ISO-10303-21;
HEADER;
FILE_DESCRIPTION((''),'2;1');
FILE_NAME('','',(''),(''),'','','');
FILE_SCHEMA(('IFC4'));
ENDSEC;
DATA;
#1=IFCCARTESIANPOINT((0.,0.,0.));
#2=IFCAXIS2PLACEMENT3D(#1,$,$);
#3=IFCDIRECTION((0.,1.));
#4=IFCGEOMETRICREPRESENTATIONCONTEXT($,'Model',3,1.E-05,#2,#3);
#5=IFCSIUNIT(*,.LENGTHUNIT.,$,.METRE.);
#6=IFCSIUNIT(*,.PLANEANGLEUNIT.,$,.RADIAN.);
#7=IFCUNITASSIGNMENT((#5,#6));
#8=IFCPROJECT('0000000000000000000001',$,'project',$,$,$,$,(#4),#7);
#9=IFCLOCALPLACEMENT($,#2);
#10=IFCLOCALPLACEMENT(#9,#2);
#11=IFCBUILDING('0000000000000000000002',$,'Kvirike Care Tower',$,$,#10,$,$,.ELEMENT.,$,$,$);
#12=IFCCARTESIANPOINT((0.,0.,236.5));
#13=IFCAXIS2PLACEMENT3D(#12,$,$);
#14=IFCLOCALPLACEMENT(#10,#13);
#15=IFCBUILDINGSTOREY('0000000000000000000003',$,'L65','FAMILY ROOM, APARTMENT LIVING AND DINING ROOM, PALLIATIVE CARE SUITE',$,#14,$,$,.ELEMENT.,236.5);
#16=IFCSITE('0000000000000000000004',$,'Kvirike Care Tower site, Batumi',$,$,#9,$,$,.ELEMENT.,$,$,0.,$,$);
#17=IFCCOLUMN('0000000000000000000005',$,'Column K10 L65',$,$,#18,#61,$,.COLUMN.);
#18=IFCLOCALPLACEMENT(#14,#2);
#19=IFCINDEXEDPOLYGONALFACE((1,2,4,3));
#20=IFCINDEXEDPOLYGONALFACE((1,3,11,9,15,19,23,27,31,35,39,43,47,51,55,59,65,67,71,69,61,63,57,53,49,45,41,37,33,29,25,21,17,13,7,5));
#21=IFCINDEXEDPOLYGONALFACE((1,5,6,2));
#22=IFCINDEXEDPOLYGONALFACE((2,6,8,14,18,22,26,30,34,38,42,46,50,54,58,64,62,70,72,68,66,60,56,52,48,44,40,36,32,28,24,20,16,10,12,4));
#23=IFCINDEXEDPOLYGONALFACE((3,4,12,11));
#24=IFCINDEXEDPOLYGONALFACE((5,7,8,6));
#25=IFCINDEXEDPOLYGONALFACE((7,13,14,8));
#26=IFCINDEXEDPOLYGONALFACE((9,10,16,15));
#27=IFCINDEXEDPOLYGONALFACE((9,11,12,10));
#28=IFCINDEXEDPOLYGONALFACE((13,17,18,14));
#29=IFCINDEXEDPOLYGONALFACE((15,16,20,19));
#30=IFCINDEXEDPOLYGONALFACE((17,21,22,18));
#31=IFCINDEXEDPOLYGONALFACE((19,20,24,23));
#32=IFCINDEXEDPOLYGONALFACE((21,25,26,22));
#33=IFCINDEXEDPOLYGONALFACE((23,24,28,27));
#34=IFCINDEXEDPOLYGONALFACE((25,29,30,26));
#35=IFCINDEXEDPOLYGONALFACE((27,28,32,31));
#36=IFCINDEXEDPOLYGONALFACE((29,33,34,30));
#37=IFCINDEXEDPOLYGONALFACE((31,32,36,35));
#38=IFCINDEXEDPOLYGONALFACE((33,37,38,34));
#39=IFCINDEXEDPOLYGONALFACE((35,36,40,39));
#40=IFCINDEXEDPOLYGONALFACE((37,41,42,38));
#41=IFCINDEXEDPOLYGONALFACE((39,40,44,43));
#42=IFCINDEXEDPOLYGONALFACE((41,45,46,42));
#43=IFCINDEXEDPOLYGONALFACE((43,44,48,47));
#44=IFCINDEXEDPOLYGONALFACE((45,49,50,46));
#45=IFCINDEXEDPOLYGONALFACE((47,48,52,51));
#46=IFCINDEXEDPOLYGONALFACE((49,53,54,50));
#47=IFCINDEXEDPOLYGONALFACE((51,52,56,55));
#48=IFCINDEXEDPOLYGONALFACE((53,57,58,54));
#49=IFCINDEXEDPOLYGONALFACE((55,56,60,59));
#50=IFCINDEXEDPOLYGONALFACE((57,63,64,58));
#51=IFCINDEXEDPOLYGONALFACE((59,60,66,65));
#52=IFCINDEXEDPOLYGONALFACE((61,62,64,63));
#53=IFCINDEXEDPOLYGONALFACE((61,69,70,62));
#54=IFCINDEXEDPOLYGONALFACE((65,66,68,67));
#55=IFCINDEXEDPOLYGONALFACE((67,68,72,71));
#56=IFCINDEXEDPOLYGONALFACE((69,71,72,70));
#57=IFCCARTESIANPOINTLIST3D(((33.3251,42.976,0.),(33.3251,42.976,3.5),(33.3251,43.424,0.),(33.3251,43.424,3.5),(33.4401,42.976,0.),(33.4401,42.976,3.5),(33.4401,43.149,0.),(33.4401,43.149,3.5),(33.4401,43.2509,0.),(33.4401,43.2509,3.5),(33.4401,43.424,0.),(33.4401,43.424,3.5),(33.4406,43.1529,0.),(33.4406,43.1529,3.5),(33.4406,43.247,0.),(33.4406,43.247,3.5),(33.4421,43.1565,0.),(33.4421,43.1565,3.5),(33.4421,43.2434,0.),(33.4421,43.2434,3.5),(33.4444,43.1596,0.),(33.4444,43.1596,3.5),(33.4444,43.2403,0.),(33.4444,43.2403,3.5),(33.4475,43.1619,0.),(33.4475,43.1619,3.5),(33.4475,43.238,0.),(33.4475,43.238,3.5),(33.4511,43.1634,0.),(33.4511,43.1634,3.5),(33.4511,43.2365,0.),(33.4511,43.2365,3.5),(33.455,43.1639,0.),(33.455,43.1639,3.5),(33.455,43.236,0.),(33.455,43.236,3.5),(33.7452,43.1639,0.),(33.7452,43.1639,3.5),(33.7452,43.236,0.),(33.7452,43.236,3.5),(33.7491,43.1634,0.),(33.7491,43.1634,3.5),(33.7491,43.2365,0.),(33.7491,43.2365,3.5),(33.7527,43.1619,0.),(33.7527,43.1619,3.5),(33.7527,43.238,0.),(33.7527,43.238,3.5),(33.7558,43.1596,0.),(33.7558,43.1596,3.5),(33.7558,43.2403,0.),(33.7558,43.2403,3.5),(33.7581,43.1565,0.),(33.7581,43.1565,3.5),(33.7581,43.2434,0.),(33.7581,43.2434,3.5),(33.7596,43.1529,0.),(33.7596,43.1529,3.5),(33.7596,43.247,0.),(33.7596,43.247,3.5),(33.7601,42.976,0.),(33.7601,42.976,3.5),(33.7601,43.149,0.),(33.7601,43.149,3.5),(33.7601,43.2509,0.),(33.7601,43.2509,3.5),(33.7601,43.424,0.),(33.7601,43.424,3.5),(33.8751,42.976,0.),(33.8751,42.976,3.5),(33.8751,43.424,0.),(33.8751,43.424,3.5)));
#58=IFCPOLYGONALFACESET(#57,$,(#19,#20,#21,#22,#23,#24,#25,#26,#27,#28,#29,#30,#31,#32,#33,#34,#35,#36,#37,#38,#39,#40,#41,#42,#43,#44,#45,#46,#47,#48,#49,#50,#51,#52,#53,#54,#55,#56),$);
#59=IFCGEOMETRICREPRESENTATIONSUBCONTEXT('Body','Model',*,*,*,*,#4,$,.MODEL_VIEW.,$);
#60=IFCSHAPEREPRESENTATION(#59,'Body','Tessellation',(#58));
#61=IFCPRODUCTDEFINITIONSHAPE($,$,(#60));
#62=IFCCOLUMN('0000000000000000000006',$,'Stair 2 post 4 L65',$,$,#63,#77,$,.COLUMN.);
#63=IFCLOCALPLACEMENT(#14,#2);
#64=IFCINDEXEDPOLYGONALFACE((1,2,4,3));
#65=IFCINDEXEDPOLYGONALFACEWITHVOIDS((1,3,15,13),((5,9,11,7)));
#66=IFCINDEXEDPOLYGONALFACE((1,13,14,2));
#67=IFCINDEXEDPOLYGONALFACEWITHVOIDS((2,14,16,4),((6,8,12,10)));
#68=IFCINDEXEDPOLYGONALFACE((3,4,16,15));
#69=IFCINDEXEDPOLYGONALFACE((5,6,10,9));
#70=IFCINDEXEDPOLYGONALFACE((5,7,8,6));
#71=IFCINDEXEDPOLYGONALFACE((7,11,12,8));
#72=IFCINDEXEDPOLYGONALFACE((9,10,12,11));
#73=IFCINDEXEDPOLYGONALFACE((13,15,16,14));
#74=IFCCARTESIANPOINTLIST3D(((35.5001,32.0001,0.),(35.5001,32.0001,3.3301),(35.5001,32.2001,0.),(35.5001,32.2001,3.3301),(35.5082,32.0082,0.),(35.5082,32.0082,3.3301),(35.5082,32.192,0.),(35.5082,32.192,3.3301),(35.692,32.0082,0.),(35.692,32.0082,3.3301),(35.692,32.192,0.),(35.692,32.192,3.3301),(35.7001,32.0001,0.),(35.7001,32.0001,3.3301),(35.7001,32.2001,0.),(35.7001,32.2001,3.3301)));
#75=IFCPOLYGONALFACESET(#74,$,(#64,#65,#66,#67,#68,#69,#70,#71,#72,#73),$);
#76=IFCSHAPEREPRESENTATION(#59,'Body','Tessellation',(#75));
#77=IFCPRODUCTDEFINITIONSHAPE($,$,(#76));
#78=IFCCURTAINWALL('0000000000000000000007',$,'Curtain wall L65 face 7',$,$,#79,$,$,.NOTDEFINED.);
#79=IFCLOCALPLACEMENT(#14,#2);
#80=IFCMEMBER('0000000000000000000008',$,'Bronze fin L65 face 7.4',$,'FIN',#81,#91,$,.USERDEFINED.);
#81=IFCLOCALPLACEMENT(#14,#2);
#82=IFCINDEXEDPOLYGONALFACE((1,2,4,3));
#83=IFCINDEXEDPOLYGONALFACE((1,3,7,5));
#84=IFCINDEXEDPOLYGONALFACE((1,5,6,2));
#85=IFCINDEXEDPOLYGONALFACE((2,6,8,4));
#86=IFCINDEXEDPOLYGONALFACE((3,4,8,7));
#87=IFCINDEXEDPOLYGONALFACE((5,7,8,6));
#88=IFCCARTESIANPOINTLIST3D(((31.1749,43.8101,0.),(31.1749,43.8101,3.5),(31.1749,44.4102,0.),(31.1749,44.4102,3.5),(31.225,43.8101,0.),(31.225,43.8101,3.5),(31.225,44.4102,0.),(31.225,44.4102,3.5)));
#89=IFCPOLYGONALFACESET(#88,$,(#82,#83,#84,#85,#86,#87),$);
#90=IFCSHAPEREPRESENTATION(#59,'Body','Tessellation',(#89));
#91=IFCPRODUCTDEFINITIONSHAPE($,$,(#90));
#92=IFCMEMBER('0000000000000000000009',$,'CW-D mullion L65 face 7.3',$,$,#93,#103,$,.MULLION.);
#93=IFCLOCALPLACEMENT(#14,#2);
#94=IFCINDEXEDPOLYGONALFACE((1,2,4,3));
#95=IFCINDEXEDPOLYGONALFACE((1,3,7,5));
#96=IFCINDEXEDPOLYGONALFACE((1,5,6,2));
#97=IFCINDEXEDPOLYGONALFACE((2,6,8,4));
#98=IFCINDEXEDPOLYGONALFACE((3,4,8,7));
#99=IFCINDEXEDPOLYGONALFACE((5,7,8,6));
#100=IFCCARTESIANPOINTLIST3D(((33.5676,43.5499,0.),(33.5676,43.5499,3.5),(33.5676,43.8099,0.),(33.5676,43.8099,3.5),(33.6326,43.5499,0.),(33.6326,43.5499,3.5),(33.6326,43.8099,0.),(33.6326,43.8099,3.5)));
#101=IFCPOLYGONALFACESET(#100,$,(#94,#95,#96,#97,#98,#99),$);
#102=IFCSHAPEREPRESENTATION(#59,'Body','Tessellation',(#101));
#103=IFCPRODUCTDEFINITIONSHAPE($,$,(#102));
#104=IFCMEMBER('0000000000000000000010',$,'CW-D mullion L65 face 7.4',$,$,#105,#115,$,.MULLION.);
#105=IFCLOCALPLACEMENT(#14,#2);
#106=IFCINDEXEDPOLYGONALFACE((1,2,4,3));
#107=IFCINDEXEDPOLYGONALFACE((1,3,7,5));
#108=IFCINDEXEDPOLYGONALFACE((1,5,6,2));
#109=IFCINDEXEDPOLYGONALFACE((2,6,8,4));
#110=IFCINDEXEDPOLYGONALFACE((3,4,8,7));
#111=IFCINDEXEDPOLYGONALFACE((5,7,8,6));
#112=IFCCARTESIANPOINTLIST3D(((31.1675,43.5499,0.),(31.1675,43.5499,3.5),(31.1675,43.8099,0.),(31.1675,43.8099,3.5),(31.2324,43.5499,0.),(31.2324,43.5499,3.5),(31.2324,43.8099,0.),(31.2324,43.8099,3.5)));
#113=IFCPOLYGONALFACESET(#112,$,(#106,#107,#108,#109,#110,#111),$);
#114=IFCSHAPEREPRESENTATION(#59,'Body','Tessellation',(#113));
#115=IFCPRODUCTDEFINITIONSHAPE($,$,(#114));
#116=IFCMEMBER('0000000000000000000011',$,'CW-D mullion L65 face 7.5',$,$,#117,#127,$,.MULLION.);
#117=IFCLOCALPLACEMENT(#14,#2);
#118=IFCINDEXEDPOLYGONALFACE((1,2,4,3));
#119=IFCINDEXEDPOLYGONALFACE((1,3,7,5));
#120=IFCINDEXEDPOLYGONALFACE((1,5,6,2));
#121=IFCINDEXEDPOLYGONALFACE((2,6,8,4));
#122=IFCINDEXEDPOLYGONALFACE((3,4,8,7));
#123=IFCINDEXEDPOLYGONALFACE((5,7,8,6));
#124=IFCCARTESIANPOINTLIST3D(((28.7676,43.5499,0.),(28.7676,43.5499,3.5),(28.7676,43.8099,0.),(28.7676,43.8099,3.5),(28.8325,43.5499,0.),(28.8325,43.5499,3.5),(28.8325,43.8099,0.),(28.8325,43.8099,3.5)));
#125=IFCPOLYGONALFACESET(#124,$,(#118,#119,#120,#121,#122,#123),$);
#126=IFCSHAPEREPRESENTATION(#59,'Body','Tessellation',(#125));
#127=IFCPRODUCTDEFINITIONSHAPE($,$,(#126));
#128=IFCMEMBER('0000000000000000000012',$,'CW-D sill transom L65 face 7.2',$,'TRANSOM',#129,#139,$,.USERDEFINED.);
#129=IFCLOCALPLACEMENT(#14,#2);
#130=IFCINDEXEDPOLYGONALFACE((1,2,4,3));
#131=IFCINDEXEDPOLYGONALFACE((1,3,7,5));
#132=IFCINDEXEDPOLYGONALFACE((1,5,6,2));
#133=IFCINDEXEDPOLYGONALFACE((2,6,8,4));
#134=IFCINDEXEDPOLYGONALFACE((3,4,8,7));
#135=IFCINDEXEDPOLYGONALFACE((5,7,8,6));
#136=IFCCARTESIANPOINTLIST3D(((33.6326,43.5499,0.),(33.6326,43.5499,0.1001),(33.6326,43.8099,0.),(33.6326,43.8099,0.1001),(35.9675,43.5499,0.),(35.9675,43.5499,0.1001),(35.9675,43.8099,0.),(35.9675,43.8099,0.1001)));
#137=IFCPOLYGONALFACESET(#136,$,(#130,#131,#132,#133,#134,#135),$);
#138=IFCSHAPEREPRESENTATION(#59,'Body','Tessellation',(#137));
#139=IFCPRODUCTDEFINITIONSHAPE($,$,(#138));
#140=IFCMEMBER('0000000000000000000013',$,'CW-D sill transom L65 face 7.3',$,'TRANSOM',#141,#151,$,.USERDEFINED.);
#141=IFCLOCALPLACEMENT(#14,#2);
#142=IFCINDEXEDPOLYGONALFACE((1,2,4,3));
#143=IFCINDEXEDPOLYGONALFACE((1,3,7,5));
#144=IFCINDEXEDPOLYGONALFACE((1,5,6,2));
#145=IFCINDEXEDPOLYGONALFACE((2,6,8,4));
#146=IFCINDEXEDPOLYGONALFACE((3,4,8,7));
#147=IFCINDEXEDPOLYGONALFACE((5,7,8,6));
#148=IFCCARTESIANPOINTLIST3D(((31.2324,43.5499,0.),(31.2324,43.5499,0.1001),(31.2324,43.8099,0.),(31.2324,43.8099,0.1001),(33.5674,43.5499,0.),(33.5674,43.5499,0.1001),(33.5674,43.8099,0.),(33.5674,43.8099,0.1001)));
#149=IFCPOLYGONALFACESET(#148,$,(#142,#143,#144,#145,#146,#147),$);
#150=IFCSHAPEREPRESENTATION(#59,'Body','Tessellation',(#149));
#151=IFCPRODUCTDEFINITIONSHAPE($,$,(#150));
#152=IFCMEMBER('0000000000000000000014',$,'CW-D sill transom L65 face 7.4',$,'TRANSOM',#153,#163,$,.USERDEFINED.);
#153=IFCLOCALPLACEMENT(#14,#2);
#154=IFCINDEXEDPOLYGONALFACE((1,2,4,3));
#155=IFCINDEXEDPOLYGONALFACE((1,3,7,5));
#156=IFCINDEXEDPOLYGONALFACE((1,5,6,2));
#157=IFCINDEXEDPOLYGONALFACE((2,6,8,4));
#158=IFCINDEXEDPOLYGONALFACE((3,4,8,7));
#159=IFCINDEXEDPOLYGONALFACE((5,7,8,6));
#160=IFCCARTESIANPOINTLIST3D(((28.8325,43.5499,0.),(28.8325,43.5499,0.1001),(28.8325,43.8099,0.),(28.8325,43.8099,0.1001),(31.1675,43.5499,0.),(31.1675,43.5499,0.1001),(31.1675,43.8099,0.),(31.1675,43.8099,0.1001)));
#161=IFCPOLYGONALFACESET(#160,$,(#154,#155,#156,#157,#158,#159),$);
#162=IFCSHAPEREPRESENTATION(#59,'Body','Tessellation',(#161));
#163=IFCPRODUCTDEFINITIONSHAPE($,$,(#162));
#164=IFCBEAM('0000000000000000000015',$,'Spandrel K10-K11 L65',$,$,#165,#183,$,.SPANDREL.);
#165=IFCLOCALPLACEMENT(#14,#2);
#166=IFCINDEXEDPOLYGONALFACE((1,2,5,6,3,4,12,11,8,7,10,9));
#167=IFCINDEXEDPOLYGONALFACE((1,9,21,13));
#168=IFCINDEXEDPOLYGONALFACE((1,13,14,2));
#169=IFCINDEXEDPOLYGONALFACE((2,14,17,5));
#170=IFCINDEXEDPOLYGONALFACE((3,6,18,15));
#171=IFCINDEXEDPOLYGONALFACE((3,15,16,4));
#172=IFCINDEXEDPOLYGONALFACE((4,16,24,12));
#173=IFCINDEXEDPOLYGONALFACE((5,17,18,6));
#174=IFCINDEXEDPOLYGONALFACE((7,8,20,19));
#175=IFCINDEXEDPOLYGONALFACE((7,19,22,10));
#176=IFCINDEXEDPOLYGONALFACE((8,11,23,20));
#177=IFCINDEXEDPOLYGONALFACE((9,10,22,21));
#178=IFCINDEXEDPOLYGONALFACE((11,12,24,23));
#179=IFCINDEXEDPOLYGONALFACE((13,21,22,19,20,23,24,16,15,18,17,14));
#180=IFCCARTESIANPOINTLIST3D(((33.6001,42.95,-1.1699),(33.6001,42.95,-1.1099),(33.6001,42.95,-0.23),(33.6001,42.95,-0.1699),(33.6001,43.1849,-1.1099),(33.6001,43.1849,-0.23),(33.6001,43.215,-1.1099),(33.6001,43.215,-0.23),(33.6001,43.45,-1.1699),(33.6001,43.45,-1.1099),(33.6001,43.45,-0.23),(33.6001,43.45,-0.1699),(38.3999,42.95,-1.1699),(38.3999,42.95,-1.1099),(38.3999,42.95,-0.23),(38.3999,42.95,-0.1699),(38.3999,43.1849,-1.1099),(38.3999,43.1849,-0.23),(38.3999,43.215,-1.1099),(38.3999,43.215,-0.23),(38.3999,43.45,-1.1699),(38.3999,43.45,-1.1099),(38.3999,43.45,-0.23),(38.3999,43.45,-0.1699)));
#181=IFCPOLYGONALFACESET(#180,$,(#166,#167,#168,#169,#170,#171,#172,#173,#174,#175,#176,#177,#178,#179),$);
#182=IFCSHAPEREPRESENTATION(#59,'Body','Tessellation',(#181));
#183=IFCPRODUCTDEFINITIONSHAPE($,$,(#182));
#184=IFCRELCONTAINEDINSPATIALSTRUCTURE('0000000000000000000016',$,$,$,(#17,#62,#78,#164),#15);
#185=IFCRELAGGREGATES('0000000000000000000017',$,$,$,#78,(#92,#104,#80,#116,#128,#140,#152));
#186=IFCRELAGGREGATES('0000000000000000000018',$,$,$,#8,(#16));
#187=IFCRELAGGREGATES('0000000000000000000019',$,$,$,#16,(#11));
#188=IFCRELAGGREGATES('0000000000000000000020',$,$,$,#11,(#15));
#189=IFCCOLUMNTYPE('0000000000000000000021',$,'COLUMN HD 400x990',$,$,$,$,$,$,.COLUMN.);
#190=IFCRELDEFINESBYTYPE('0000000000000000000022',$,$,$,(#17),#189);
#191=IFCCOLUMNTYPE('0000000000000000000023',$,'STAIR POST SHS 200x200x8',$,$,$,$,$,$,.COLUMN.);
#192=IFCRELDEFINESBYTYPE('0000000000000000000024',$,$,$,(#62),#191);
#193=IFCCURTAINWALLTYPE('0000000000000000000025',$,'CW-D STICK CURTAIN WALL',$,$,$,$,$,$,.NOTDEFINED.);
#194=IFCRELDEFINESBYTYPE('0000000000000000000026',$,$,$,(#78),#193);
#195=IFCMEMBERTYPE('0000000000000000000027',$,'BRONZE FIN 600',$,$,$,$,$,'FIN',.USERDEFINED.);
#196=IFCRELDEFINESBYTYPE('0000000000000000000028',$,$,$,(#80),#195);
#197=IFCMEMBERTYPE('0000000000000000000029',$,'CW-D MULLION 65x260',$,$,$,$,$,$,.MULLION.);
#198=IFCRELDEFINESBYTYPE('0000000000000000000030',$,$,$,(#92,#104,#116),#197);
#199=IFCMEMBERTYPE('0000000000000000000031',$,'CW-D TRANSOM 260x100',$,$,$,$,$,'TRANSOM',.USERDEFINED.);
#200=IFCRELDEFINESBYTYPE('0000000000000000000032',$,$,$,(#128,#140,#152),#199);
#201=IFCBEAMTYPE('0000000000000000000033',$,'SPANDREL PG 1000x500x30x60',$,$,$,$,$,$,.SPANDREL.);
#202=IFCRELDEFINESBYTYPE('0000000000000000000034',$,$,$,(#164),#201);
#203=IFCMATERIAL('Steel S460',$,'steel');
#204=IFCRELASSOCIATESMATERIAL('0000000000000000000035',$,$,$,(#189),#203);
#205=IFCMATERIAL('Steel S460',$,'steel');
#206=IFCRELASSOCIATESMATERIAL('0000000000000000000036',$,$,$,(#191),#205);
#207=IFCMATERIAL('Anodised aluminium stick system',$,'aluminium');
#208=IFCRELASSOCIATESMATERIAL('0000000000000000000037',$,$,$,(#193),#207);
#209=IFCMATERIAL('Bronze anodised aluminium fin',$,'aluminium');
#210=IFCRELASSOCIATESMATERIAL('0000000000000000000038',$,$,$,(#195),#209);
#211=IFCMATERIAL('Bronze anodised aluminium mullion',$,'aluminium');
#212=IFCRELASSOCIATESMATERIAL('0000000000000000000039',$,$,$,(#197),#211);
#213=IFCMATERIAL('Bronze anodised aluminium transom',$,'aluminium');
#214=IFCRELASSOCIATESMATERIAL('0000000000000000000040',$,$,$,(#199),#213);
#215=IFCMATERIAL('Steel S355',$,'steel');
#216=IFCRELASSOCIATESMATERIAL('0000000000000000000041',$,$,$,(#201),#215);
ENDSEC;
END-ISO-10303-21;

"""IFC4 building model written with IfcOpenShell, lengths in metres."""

from ifc_helpers import new_model, si_unit, direction, frame, origin, origin_2d, place, context, subcontext, project, spatial, rectangle, hollow_rectangle, i_section, extrude, material, material_profile, profile_set, type_object, element, aggregate, save


model = new_model("IFC4")

# Units and contexts
model_context = context("Model", 3, precision=1e-05, world=origin(), true_north=direction((0.0, 1.0)))
body_context = subcontext(model_context, "Body", "Model", "MODEL_VIEW")
ifc_project = project(units=[si_unit("LENGTHUNIT", "METRE"), si_unit("PLANEANGLEUNIT", "RADIAN")], contexts=[model_context])

# Site, building, storey
site_placement = place(None, origin())
site = spatial("IfcSite", under=ifc_project, at=site_placement, Name="Kvirike Care Tower site, Batumi", CompositionType="ELEMENT", RefElevation=0.0)
building_placement = place(site_placement, origin())
building = spatial("IfcBuilding", under=site, at=building_placement, Name="Kvirike Care Tower", CompositionType="ELEMENT")
storey_placement = place(building_placement, frame((0.0, 0.0, 236.5)))
storey = spatial("IfcBuildingStorey", under=building, at=storey_placement, Name="L65", Description="FAMILY ROOM, APARTMENT LIVING AND DINING ROOM, PALLIATIVE CARE SUITE", CompositionType="ELEMENT", Elevation=236.5)

# Columns
ifc_material_1 = material(Name="Steel S460", Category="steel")
ifc_material_profile_1 = material_profile(ifc_material_1, i_section(OverallWidth=0.448, OverallDepth=0.55, WebThickness=0.072, FlangeThickness=0.115, FilletRadius=0.0149, at=origin_2d()), Name="HD 400x990")
ifc_profile_set_1 = profile_set([ifc_material_profile_1], Name="Steel S460")
column_type_1 = type_object("IfcColumnType", Name="COLUMN HD 400x990", PredefinedType="COLUMN", material=ifc_profile_set_1)
column_1_placement = place(storey_placement, frame((33.6001, 43.2, 0.0), z_axis=(0.0, 0.0, 1.0), x_axis=(0.0, 1.0, 0.0)))
element("IfcColumn", 1, at=column_1_placement, inside=storey, type_object=column_type_1, Name="Column K10 L65", PredefinedType="COLUMN", context=body_context, shape_type="SweptSolid", body=[
    extrude(i_section(OverallWidth=0.448, OverallDepth=0.55, WebThickness=0.072, FlangeThickness=0.115, FilletRadius=0.0149, at=origin_2d()), origin(), (0.0, 0.0, 1.0), 3.5),
])
ifc_material_2 = material(Name="Steel S460", Category="steel")
ifc_material_profile_2 = material_profile(ifc_material_2, hollow_rectangle(XDim=0.2, YDim=0.2, WallThickness=0.0081, at=origin_2d()), Name="SHS 200x200x8")
ifc_profile_set_2 = profile_set([ifc_material_profile_2], Name="Steel S460")
column_type_2 = type_object("IfcColumnType", Name="STAIR POST SHS 200x200x8", PredefinedType="COLUMN", material=ifc_profile_set_2)
column_2_placement = place(storey_placement, frame((35.6001, 32.1001, 0.0), z_axis=(0.0, 0.0, 1.0), x_axis=(1.0, 0.0, 0.0)))
element("IfcColumn", 2, at=column_2_placement, inside=storey, type_object=column_type_2, Name="Stair 2 post 4 L65", PredefinedType="COLUMN", context=body_context, shape_type="SweptSolid", body=[
    extrude(hollow_rectangle(XDim=0.2, YDim=0.2, WallThickness=0.0081, at=origin_2d()), origin(), (0.0, 0.0, 1.0), 3.3301),
])

# Curtain wall, members
ifc_material_3 = material(Name="Anodised aluminium stick system", Category="aluminium")
curtain_wall_type = type_object("IfcCurtainWallType", Name="CW-D STICK CURTAIN WALL", PredefinedType="NOTDEFINED", material=ifc_material_3)
curtain_wall_placement = place(storey_placement, origin())
curtain_wall = element("IfcCurtainWall", 3, at=curtain_wall_placement, inside=storey, type_object=curtain_wall_type, Name="Curtain wall L65 face 7", PredefinedType="NOTDEFINED")
ifc_material_4 = material(Name="Bronze anodised aluminium fin", Category="aluminium")
ifc_material_profile_3 = material_profile(ifc_material_4, rectangle(XDim=0.05, YDim=0.6001, at=origin_2d()), Name="BRONZE FIN 600")
ifc_profile_set_3 = profile_set([ifc_material_profile_3], Name="Bronze anodised aluminium fin")
member_type_1 = type_object("IfcMemberType", Name="BRONZE FIN 600", ElementType="FIN", PredefinedType="USERDEFINED", material=ifc_profile_set_3)
member_1_placement = place(storey_placement, frame((31.2, 44.1101, 0.0), z_axis=(0.0, 0.0, 1.0), x_axis=(-1.0, 0.0, 0.0)))
member_1 = element("IfcMember", 4, at=member_1_placement, type_object=member_type_1, Name="Bronze fin L65 face 7.4", ObjectType="FIN", PredefinedType="USERDEFINED", context=body_context, shape_type="SweptSolid", body=[
    extrude(rectangle(XDim=0.05, YDim=0.6001, at=origin_2d()), origin(), (0.0, 0.0, 1.0), 3.5),
])
ifc_material_5 = material(Name="Bronze anodised aluminium mullion", Category="aluminium")
ifc_material_profile_4 = material_profile(ifc_material_5, rectangle(XDim=0.0649, YDim=0.26, at=origin_2d()), Name="CW-D MULLION 65x260")
ifc_profile_set_4 = profile_set([ifc_material_profile_4], Name="Bronze anodised aluminium mullion")
member_type_2 = type_object("IfcMemberType", Name="CW-D MULLION 65x260", PredefinedType="MULLION", material=ifc_profile_set_4)
member_2_placement = place(storey_placement, frame((33.6001, 43.6799, 0.0), z_axis=(0.0, 0.0, 1.0), x_axis=(-1.0, 0.0, 0.0)))
member_2 = element("IfcMember", 5, at=member_2_placement, type_object=member_type_2, Name="CW-D mullion L65 face 7.3", PredefinedType="MULLION", context=body_context, shape_type="SweptSolid", body=[
    extrude(rectangle(XDim=0.0649, YDim=0.26, at=origin_2d()), origin(), (0.0, 0.0, 1.0), 3.5),
])
member_3_placement = place(storey_placement, frame((31.2, 43.6799, 0.0), z_axis=(0.0, 0.0, 1.0), x_axis=(-1.0, 0.0, 0.0)))
member_3 = element("IfcMember", 6, at=member_3_placement, type_object=member_type_2, Name="CW-D mullion L65 face 7.4", PredefinedType="MULLION", context=body_context, shape_type="SweptSolid", body=[
    extrude(rectangle(XDim=0.0649, YDim=0.26, at=origin_2d()), origin(), (0.0, 0.0, 1.0), 3.5),
])
member_4_placement = place(storey_placement, frame((28.8, 43.6799, 0.0), z_axis=(0.0, 0.0, 1.0), x_axis=(-1.0, 0.0, 0.0)))
member_4 = element("IfcMember", 7, at=member_4_placement, type_object=member_type_2, Name="CW-D mullion L65 face 7.5", PredefinedType="MULLION", context=body_context, shape_type="SweptSolid", body=[
    extrude(rectangle(XDim=0.0649, YDim=0.26, at=origin_2d()), origin(), (0.0, 0.0, 1.0), 3.5),
])
ifc_material_6 = material(Name="Bronze anodised aluminium transom", Category="aluminium")
ifc_material_profile_5 = material_profile(ifc_material_6, rectangle(XDim=0.26, YDim=0.1001, at=origin_2d()), Name="CW-D TRANSOM 260x100")
ifc_profile_set_5 = profile_set([ifc_material_profile_5], Name="Bronze anodised aluminium transom")
member_type_3 = type_object("IfcMemberType", Name="CW-D TRANSOM 260x100", ElementType="TRANSOM", PredefinedType="USERDEFINED", material=ifc_profile_set_5)
member_5_placement = place(storey_placement, frame((35.9675, 43.6799, 0.05), z_axis=(-1.0, 0.0, 0.0), x_axis=(0.0, -1.0, 0.0)))
member_5 = element("IfcMember", 8, at=member_5_placement, type_object=member_type_3, Name="CW-D sill transom L65 face 7.2", ObjectType="TRANSOM", PredefinedType="USERDEFINED", context=body_context, shape_type="SweptSolid", body=[
    extrude(rectangle(XDim=0.26, YDim=0.1001, at=origin_2d()), origin(), (0.0, 0.0, 1.0), 2.335),
])
member_6_placement = place(storey_placement, frame((33.5674, 43.6799, 0.05), z_axis=(-1.0, 0.0, 0.0), x_axis=(0.0, -1.0, 0.0)))
member_6 = element("IfcMember", 9, at=member_6_placement, type_object=member_type_3, Name="CW-D sill transom L65 face 7.3", ObjectType="TRANSOM", PredefinedType="USERDEFINED", context=body_context, shape_type="SweptSolid", body=[
    extrude(rectangle(XDim=0.26, YDim=0.1001, at=origin_2d()), origin(), (0.0, 0.0, 1.0), 2.335),
])
member_7_placement = place(storey_placement, frame((31.1675, 43.6799, 0.05), z_axis=(-1.0, 0.0, 0.0), x_axis=(0.0, -1.0, 0.0)))
member_7 = element("IfcMember", 10, at=member_7_placement, type_object=member_type_3, Name="CW-D sill transom L65 face 7.4", ObjectType="TRANSOM", PredefinedType="USERDEFINED", context=body_context, shape_type="SweptSolid", body=[
    extrude(rectangle(XDim=0.26, YDim=0.1001, at=origin_2d()), origin(), (0.0, 0.0, 1.0), 2.335),
])

# Beam
ifc_material_7 = material(Name="Steel S355", Category="steel")
ifc_material_profile_6 = material_profile(ifc_material_7, i_section(OverallWidth=0.5, OverallDepth=1.0, WebThickness=0.03, FlangeThickness=0.0601, at=origin_2d()), Name="PG 1000x500x30x60")
ifc_profile_set_6 = profile_set([ifc_material_profile_6], Name="Steel S355")
beam_type_1 = type_object("IfcBeamType", Name="SPANDREL PG 1000x500x30x60", PredefinedType="SPANDREL", material=ifc_profile_set_6)
beam_1_placement = place(storey_placement, frame((33.6001, 43.2, -0.6699), z_axis=(1.0, 0.0, 0.0), x_axis=(0.0, 1.0, 0.0)))
element("IfcBeam", 11, at=beam_1_placement, inside=storey, type_object=beam_type_1, Name="Spandrel K10-K11 L65", PredefinedType="SPANDREL", context=body_context, shape_type="SweptSolid", body=[
    extrude(i_section(OverallWidth=0.5, OverallDepth=1.0, WebThickness=0.03, FlangeThickness=0.0601, at=origin_2d()), origin(), (0.0, 0.0, 1.0), 4.7998),
])

aggregate(curtain_wall, [member_2, member_3, member_1, member_4, member_5, member_6, member_7])

save(model, "model.ifc")
